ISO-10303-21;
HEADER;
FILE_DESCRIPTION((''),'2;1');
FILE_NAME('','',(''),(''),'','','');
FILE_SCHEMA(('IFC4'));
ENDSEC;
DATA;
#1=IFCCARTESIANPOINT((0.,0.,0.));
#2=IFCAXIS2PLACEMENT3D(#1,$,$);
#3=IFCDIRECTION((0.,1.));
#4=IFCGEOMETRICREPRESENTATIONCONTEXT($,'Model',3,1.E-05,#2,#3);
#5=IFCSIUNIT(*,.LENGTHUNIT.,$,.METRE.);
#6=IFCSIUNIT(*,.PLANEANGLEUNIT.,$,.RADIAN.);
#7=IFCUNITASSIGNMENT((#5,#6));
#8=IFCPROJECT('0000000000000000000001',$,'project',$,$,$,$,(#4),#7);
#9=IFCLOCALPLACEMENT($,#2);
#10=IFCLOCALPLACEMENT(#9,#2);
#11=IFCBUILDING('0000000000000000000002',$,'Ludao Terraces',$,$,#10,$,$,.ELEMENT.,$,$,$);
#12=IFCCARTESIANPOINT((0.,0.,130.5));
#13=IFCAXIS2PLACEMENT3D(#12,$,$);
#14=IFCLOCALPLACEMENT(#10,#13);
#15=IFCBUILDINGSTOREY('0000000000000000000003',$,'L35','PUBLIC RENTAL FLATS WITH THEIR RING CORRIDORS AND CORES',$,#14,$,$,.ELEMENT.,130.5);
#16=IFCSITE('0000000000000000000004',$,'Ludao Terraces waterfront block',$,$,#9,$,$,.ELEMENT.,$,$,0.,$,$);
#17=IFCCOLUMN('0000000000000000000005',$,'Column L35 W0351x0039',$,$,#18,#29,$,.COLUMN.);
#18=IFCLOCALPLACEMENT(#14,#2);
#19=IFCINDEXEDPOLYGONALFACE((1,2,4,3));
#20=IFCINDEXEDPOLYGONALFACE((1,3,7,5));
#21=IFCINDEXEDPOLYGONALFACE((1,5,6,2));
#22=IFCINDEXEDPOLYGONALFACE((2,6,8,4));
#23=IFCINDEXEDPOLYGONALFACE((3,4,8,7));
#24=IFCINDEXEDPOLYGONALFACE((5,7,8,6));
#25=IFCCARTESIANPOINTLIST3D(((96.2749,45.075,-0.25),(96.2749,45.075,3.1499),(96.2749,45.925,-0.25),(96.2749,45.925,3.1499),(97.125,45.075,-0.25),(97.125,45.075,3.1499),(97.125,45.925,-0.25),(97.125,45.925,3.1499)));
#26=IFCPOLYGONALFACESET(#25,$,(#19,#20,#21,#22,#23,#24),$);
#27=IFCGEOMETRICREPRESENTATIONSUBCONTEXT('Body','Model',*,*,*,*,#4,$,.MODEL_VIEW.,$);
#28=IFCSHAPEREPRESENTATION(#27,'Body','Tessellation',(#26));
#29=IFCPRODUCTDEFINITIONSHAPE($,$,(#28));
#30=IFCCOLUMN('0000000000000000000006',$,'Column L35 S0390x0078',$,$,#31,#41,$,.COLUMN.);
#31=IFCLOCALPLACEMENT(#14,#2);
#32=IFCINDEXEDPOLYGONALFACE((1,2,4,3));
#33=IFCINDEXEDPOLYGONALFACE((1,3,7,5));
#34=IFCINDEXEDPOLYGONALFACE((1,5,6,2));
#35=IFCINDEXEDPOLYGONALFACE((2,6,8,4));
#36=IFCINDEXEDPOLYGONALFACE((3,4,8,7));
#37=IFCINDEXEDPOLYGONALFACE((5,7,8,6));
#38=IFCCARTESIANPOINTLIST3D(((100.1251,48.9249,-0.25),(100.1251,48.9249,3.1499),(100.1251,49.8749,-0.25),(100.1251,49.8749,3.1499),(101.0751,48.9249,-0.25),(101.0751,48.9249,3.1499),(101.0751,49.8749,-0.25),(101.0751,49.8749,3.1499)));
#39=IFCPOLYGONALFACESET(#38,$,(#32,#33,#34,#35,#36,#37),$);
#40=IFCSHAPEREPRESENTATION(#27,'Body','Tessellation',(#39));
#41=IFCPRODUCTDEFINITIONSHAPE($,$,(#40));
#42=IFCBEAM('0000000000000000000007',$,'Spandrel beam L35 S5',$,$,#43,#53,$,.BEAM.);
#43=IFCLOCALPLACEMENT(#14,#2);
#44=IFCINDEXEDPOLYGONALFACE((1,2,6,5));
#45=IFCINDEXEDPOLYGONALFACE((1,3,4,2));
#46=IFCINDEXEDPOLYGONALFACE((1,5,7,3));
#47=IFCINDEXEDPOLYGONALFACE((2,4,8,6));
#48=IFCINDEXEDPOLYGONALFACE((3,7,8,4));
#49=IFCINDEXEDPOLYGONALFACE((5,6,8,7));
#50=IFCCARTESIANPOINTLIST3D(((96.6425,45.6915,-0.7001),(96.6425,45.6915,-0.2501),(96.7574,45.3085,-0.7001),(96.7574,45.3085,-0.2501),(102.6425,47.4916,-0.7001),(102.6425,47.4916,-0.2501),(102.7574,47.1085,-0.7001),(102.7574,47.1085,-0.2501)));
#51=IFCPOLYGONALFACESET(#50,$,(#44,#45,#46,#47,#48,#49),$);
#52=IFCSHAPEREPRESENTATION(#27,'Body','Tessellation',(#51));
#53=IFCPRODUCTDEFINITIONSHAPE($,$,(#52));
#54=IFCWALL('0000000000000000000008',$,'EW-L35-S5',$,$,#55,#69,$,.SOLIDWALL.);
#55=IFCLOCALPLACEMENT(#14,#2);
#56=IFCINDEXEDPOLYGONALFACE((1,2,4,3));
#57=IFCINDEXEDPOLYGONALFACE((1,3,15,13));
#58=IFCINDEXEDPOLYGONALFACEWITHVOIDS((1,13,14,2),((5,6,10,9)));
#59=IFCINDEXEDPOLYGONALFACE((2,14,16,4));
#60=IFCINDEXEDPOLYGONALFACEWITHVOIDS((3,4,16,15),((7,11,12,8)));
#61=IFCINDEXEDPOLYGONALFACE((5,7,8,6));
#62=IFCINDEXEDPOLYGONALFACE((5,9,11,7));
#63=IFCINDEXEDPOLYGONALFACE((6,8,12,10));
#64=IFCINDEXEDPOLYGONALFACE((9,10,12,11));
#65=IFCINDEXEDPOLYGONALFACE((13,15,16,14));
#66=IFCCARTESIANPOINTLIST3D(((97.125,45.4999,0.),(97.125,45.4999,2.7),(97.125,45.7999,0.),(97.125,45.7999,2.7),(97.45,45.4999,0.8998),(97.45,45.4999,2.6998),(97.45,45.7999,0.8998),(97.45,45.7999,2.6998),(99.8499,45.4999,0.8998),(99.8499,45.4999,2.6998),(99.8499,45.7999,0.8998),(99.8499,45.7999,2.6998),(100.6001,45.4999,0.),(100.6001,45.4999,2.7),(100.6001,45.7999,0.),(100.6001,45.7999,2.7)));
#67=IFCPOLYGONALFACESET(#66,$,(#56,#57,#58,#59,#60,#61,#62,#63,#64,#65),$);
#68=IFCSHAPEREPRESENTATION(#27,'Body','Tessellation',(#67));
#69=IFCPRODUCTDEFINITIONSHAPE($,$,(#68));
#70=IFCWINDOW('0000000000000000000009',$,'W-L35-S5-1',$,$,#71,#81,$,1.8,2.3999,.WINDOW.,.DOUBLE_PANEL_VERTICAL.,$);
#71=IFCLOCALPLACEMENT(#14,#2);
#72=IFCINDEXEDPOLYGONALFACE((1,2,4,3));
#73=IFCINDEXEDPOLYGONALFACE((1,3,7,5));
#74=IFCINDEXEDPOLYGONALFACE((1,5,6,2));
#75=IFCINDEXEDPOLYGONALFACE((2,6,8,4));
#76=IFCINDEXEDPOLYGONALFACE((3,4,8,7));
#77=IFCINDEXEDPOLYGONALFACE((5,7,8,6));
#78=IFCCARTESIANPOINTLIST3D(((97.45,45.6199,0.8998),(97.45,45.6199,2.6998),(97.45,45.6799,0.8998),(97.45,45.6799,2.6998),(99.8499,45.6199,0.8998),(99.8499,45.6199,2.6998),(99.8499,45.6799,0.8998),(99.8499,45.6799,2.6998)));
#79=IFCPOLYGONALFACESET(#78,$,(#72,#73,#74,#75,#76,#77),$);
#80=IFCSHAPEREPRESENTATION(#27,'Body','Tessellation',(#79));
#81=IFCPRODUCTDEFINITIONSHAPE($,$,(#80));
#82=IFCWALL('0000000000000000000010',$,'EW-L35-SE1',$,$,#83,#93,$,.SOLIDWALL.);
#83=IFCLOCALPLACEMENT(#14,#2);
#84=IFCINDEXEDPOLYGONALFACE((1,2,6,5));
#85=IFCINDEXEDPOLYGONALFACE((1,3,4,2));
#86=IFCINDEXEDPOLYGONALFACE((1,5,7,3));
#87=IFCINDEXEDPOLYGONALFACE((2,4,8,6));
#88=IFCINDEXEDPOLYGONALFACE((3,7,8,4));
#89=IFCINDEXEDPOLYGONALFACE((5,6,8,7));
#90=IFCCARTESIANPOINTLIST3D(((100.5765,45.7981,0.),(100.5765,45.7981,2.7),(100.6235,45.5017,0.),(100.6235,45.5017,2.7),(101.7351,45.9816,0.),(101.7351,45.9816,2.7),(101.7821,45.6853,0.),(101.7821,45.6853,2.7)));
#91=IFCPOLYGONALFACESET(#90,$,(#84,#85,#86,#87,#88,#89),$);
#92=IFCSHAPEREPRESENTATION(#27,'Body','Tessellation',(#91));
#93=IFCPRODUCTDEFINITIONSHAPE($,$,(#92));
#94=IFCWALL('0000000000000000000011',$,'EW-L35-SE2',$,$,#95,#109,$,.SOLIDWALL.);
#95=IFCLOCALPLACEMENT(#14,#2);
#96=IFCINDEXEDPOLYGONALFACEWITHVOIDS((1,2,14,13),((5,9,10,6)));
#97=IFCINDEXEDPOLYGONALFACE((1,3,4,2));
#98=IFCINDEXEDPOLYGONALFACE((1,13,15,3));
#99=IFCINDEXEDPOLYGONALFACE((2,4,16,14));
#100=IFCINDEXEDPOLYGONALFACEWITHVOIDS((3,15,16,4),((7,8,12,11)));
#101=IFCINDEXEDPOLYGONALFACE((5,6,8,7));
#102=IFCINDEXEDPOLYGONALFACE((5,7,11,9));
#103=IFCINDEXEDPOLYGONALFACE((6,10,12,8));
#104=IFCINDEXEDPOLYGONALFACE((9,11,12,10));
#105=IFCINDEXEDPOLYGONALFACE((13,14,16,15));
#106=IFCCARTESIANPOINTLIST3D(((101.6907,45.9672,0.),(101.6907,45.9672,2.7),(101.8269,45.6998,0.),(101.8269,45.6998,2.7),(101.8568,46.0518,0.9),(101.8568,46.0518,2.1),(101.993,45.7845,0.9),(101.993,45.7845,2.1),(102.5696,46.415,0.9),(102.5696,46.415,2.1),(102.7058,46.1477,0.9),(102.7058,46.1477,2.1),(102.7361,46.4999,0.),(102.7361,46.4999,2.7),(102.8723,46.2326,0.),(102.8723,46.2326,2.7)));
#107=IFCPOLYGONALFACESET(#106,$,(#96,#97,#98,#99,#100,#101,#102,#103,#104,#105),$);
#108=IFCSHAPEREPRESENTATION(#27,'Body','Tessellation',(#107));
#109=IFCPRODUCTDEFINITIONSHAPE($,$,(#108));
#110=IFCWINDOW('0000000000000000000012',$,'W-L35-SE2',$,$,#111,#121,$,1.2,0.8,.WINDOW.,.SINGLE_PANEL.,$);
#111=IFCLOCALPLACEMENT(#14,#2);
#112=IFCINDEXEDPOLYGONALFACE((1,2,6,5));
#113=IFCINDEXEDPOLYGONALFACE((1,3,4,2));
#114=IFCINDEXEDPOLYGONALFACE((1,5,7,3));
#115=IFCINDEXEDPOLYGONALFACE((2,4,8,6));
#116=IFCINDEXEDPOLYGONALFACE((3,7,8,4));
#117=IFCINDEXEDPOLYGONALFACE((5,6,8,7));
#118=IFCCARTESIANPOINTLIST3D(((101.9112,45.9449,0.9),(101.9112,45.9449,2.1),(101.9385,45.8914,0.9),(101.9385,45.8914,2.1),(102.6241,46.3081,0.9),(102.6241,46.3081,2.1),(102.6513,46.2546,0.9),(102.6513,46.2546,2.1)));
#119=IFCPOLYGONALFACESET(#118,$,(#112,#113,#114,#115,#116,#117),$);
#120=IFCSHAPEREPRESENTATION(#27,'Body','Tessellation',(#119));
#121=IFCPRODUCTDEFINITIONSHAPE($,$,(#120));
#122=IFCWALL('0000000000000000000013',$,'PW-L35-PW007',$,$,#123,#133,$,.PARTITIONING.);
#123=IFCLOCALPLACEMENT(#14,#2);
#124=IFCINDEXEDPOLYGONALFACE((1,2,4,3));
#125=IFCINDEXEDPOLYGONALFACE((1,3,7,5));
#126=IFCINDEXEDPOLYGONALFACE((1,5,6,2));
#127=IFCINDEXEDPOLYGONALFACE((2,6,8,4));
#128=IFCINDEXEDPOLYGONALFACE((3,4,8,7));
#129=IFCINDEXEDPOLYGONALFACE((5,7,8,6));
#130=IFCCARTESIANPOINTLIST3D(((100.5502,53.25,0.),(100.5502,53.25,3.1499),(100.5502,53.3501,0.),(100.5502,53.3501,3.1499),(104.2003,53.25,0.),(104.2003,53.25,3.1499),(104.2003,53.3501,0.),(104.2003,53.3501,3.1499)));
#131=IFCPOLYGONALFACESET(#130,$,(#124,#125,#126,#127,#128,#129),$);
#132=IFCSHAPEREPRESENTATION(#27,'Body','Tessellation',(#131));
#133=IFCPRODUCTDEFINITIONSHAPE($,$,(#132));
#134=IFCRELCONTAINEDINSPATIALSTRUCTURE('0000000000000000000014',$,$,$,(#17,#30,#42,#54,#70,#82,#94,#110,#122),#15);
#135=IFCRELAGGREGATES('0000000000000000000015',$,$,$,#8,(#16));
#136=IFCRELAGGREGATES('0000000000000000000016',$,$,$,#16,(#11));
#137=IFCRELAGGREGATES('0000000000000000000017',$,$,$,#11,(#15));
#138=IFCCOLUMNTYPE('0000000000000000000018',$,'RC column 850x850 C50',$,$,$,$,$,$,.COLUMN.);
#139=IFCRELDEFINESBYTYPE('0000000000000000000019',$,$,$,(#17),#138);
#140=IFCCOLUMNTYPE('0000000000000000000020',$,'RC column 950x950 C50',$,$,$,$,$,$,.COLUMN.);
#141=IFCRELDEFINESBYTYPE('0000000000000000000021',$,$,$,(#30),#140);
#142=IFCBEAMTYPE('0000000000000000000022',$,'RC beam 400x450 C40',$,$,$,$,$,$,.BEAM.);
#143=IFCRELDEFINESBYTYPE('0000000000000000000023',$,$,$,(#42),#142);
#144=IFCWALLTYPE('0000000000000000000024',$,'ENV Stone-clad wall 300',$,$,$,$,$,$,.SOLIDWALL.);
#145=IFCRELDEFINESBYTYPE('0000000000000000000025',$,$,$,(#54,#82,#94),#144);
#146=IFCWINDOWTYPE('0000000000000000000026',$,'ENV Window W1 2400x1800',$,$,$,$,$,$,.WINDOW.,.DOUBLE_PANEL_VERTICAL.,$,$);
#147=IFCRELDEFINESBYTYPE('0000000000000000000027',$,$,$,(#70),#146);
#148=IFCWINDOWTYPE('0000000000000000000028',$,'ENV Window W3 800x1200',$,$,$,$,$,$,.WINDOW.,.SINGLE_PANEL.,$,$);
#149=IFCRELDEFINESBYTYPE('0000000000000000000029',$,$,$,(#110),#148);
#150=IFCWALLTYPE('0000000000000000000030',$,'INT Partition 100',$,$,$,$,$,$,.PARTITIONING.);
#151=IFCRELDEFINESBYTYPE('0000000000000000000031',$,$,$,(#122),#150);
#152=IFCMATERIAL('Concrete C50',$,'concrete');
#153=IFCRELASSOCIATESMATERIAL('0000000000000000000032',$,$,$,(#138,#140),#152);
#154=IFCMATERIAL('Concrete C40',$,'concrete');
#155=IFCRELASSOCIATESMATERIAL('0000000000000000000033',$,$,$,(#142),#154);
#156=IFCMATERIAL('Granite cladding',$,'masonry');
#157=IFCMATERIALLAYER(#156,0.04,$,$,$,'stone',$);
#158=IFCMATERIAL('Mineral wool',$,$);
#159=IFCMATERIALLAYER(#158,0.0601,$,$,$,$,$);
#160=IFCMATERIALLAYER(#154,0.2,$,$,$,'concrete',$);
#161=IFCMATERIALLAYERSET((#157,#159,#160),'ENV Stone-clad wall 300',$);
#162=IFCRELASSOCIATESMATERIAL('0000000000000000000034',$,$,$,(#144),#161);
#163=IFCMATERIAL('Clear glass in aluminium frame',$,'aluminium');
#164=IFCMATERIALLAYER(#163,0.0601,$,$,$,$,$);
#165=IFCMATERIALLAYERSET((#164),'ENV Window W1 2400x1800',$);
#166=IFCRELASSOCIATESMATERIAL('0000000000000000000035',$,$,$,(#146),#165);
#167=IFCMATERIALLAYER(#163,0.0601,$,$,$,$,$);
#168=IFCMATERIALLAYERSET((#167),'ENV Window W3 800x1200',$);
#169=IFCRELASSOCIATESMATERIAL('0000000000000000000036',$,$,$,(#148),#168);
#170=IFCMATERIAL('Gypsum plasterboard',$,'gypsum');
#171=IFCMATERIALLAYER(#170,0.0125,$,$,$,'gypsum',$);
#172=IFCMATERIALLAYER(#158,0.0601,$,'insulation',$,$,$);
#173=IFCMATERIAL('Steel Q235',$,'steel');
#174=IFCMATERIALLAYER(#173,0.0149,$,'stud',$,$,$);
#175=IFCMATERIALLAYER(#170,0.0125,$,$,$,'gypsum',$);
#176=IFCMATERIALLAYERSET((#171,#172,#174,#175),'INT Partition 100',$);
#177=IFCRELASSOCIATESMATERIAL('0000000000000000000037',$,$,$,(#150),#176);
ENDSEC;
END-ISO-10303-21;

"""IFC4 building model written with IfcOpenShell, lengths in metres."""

from ifc_helpers import new_model, si_unit, direction, frame, frame_2d, origin, origin_2d, place, context, subcontext, project, spatial, rectangle, extrude, material, layer, layer_set, material_profile, profile_set, type_object, element, fill, save


model = new_model("IFC4")

# Units and contexts
model_context = context("Model", 3, precision=1e-05, world=origin(), true_north=direction((0.0, 1.0)))
body_context = subcontext(model_context, "Body", "Model", "MODEL_VIEW")
ifc_project = project(units=[si_unit("LENGTHUNIT", "METRE"), si_unit("PLANEANGLEUNIT", "RADIAN")], contexts=[model_context])

# Site, building, storey
site_placement = place(None, origin())
site = spatial("IfcSite", under=ifc_project, at=site_placement, Name="Ludao Terraces waterfront block", CompositionType="ELEMENT", RefElevation=0.0)
building_placement = place(site_placement, origin())
building = spatial("IfcBuilding", under=site, at=building_placement, Name="Ludao Terraces", CompositionType="ELEMENT")
storey_placement = place(building_placement, frame((0.0, 0.0, 130.5)))
storey = spatial("IfcBuildingStorey", under=building, at=storey_placement, Name="L35", Description="PUBLIC RENTAL FLATS WITH THEIR RING CORRIDORS AND CORES", CompositionType="ELEMENT", Elevation=130.5)

# Columns
ifc_material_1 = material(Name="Concrete C50", Category="concrete")
ifc_material_profile_1 = material_profile(ifc_material_1, rectangle(XDim=0.8501, YDim=0.8501, at=origin_2d()), Name="850 X 850")
ifc_profile_set_1 = profile_set([ifc_material_profile_1], Name="Concrete C50")
column_type_1 = type_object("IfcColumnType", Name="RC column 850x850 C50", PredefinedType="COLUMN", material=ifc_profile_set_1)
column_1_placement = place(storey_placement, frame((96.7, 45.5, -0.25), z_axis=(0.0, 0.0, 1.0), x_axis=(1.0, 0.0, 0.0)))
element("IfcColumn", 1, at=column_1_placement, inside=storey, type_object=column_type_1, Name="Column L35 W0351x0039", PredefinedType="COLUMN", context=body_context, shape_type="SweptSolid", body=[
    extrude(rectangle(XDim=0.8501, YDim=0.8501, at=origin_2d()), origin(), (0.0, 0.0, 1.0), 3.3999),
])
ifc_material_profile_2 = material_profile(ifc_material_1, rectangle(XDim=0.95, YDim=0.95, at=origin_2d()), Name="950 X 950")
ifc_profile_set_2 = profile_set([ifc_material_profile_2], Name="Concrete C50")
column_type_2 = type_object("IfcColumnType", Name="RC column 950x950 C50", PredefinedType="COLUMN", material=ifc_profile_set_2)
column_2_placement = place(storey_placement, frame((100.6001, 49.3999, -0.25), z_axis=(0.0, 0.0, 1.0), x_axis=(1.0, 0.0, 0.0)))
element("IfcColumn", 2, at=column_2_placement, inside=storey, type_object=column_type_2, Name="Column L35 S0390x0078", PredefinedType="COLUMN", context=body_context, shape_type="SweptSolid", body=[
    extrude(rectangle(XDim=0.95, YDim=0.95, at=origin_2d()), origin(), (0.0, 0.0, 1.0), 3.3999),
])

# Beam
ifc_material_2 = material(Name="Concrete C40", Category="concrete")
ifc_material_profile_3 = material_profile(ifc_material_2, rectangle(XDim=0.3999, YDim=0.45, at=origin_2d()), Name="400 X 450")
ifc_profile_set_3 = profile_set([ifc_material_profile_3], Name="Concrete C40")
beam_type = type_object("IfcBeamType", Name="RC beam 400x450 C40", PredefinedType="BEAM", material=ifc_profile_set_3)
beam_placement = place(storey_placement, frame((96.7, 45.5, -0.4751), z_axis=(0.957824, 0.287355, 0.0), x_axis=(-0.287355, 0.957824, 0.0)))
element("IfcBeam", 3, at=beam_placement, inside=storey, type_object=beam_type, Name="Spandrel beam L35 S5", PredefinedType="BEAM", context=body_context, shape_type="SweptSolid", body=[
    extrude(rectangle(XDim=0.3999, YDim=0.45, at=origin_2d()), origin(), (0.0, 0.0, 1.0), 6.2642),
])

# Wall, opening, window
ifc_material_3 = material(Name="Granite cladding", Category="masonry")
ifc_layer_1 = layer(ifc_material_3, 0.04, Category="stone")
ifc_material_4 = material(Name="Mineral wool")
ifc_layer_2 = layer(ifc_material_4, 0.0601)
ifc_layer_3 = layer(ifc_material_2, 0.2, Category="concrete")
ifc_layer_set_1 = layer_set([ifc_layer_1, ifc_layer_2, ifc_layer_3], Name="ENV Stone-clad wall 300")
wall_type_1 = type_object("IfcWallType", Name="ENV Stone-clad wall 300", PredefinedType="SOLIDWALL", material=ifc_layer_set_1)
wall_1_placement = place(storey_placement, frame((97.125, 45.6499, 0.0), z_axis=(0.0, 0.0, 1.0), x_axis=(1.0, 0.0, 0.0)))
wall_1 = element("IfcWall", 4, at=wall_1_placement, inside=storey, type_object=wall_type_1, Name="EW-L35-S5", PredefinedType="SOLIDWALL", context=body_context, shape_type="SweptSolid", body=[
    extrude(rectangle(XDim=3.4751, YDim=0.3, at=frame_2d((1.7375, 0.0))), origin(), (0.0, 0.0, 1.0), 2.7),
])
opening_1_placement = place(wall_1_placement, frame((0.325, 0.0, 0.8999)))
opening_1 = element("IfcOpeningElement", 5, at=opening_1_placement, cuts=wall_1, PredefinedType="OPENING", context=body_context, shape_type="SweptSolid", body=[
    extrude(rectangle(XDim=2.3999, YDim=1.8, at=frame_2d((1.2, 0.8999))), frame((0.0, 0.1602, 0.0), z_axis=(0.0, -1.0, 0.0), x_axis=(1.0, 0.0, 0.0)), (0.0, 0.0, 1.0), 0.3201),
])
ifc_material_5 = material(Name="Clear glass in aluminium frame", Category="aluminium")
ifc_layer_4 = layer(ifc_material_5, 0.0601)
ifc_layer_set_2 = layer_set([ifc_layer_4], Name="ENV Window W1 2400x1800")
window_type_1 = type_object("IfcWindowType", Name="ENV Window W1 2400x1800", PartitioningType="DOUBLE_PANEL_VERTICAL", PredefinedType="WINDOW", material=ifc_layer_set_2)
window_1_placement = place(opening_1_placement, origin())
window_1 = element("IfcWindow", 6, at=window_1_placement, inside=storey, type_object=window_type_1, Name="W-L35-S5-1", OverallHeight=1.8, OverallWidth=2.3999, PartitioningType="DOUBLE_PANEL_VERTICAL", PredefinedType="WINDOW", context=body_context, shape_type="SweptSolid", body=[
    extrude(rectangle(XDim=2.3999, YDim=1.8, at=frame_2d((1.2, 0.8999))), frame((0.0, 0.03, 0.0), z_axis=(0.0, -1.0, 0.0), x_axis=(1.0, 0.0, 0.0)), (0.0, 0.0, 1.0), 0.0601),
])
fill(opening_1, window_1)

# Wall
wall_2_placement = place(storey_placement, frame((100.6001, 45.6499, 0.0), z_axis=(0.0, 0.0, 1.0), x_axis=(0.987678, 0.156497, 0.0)))
element("IfcWall", 7, at=wall_2_placement, inside=storey, type_object=wall_type_1, Name="EW-L35-SE1", PredefinedType="SOLIDWALL", context=body_context, shape_type="SweptSolid", body=[
    extrude(rectangle(XDim=1.1731, YDim=0.3, at=frame_2d((0.5864, 0.0))), origin(), (0.0, 0.0, 1.0), 2.7),
])

# Wall, opening, window
wall_3_placement = place(storey_placement, frame((101.7588, 45.8335, 0.0), z_axis=(0.0, 0.0, 1.0), x_axis=(0.890989, 0.454026, 0.0)))
wall_3 = element("IfcWall", 8, at=wall_3_placement, inside=storey, type_object=wall_type_1, Name="EW-L35-SE2", PredefinedType="SOLIDWALL", context=body_context, shape_type="SweptSolid", body=[
    extrude(rectangle(XDim=1.1733, YDim=0.3, at=frame_2d((0.5867, 0.0))), origin(), (0.0, 0.0, 1.0), 2.7),
])
opening_2_placement = place(wall_3_placement, frame((0.1865, 0.0, 0.8999)))
opening_2 = element("IfcOpeningElement", 9, at=opening_2_placement, cuts=wall_3, PredefinedType="OPENING", context=body_context, shape_type="SweptSolid", body=[
    extrude(rectangle(XDim=0.8, YDim=1.2, at=frame_2d((0.3999, 0.6001))), frame((0.0, 0.1602, 0.0), z_axis=(0.0, -1.0, 0.0), x_axis=(1.0, 0.0, 0.0)), (0.0, 0.0, 1.0), 0.3201),
])
ifc_layer_5 = layer(ifc_material_5, 0.0601)
ifc_layer_set_3 = layer_set([ifc_layer_5], Name="ENV Window W3 800x1200")
window_type_2 = type_object("IfcWindowType", Name="ENV Window W3 800x1200", PartitioningType="SINGLE_PANEL", PredefinedType="WINDOW", material=ifc_layer_set_3)
window_2_placement = place(opening_2_placement, origin())
window_2 = element("IfcWindow", 10, at=window_2_placement, inside=storey, type_object=window_type_2, Name="W-L35-SE2", OverallHeight=1.2, OverallWidth=0.8, PartitioningType="SINGLE_PANEL", PredefinedType="WINDOW", context=body_context, shape_type="SweptSolid", body=[
    extrude(rectangle(XDim=0.8, YDim=1.2, at=frame_2d((0.3999, 0.6001))), frame((0.0, 0.03, 0.0), z_axis=(0.0, -1.0, 0.0), x_axis=(1.0, 0.0, 0.0)), (0.0, 0.0, 1.0), 0.0601),
])
fill(opening_2, window_2)

# Wall
ifc_material_6 = material(Name="Gypsum plasterboard", Category="gypsum")
ifc_layer_6 = layer(ifc_material_6, 0.0125, Category="gypsum")
ifc_layer_7 = layer(ifc_material_4, 0.0601, Name="insulation")
ifc_material_7 = material(Name="Steel Q235", Category="steel")
ifc_layer_8 = layer(ifc_material_7, 0.0149, Name="stud")
ifc_layer_9 = layer(ifc_material_6, 0.0125, Category="gypsum")
ifc_layer_set_4 = layer_set([ifc_layer_6, ifc_layer_7, ifc_layer_8, ifc_layer_9], Name="INT Partition 100")
wall_type_2 = type_object("IfcWallType", Name="INT Partition 100", PredefinedType="PARTITIONING", material=ifc_layer_set_4)
wall_4_placement = place(storey_placement, frame((100.55, 53.3, 0.0), z_axis=(0.0, 0.0, 1.0), x_axis=(1.0, 0.0, 0.0)))
element("IfcWall", 11, at=wall_4_placement, inside=storey, type_object=wall_type_2, Name="PW-L35-PW007", PredefinedType="PARTITIONING", context=body_context, shape_type="SweptSolid", body=[
    extrude(rectangle(XDim=3.6501, YDim=0.1001, at=frame_2d((1.8252, 0.0))), origin(), (0.0, 0.0, 1.0), 3.1499),
])

save(model, "model.ifc")
